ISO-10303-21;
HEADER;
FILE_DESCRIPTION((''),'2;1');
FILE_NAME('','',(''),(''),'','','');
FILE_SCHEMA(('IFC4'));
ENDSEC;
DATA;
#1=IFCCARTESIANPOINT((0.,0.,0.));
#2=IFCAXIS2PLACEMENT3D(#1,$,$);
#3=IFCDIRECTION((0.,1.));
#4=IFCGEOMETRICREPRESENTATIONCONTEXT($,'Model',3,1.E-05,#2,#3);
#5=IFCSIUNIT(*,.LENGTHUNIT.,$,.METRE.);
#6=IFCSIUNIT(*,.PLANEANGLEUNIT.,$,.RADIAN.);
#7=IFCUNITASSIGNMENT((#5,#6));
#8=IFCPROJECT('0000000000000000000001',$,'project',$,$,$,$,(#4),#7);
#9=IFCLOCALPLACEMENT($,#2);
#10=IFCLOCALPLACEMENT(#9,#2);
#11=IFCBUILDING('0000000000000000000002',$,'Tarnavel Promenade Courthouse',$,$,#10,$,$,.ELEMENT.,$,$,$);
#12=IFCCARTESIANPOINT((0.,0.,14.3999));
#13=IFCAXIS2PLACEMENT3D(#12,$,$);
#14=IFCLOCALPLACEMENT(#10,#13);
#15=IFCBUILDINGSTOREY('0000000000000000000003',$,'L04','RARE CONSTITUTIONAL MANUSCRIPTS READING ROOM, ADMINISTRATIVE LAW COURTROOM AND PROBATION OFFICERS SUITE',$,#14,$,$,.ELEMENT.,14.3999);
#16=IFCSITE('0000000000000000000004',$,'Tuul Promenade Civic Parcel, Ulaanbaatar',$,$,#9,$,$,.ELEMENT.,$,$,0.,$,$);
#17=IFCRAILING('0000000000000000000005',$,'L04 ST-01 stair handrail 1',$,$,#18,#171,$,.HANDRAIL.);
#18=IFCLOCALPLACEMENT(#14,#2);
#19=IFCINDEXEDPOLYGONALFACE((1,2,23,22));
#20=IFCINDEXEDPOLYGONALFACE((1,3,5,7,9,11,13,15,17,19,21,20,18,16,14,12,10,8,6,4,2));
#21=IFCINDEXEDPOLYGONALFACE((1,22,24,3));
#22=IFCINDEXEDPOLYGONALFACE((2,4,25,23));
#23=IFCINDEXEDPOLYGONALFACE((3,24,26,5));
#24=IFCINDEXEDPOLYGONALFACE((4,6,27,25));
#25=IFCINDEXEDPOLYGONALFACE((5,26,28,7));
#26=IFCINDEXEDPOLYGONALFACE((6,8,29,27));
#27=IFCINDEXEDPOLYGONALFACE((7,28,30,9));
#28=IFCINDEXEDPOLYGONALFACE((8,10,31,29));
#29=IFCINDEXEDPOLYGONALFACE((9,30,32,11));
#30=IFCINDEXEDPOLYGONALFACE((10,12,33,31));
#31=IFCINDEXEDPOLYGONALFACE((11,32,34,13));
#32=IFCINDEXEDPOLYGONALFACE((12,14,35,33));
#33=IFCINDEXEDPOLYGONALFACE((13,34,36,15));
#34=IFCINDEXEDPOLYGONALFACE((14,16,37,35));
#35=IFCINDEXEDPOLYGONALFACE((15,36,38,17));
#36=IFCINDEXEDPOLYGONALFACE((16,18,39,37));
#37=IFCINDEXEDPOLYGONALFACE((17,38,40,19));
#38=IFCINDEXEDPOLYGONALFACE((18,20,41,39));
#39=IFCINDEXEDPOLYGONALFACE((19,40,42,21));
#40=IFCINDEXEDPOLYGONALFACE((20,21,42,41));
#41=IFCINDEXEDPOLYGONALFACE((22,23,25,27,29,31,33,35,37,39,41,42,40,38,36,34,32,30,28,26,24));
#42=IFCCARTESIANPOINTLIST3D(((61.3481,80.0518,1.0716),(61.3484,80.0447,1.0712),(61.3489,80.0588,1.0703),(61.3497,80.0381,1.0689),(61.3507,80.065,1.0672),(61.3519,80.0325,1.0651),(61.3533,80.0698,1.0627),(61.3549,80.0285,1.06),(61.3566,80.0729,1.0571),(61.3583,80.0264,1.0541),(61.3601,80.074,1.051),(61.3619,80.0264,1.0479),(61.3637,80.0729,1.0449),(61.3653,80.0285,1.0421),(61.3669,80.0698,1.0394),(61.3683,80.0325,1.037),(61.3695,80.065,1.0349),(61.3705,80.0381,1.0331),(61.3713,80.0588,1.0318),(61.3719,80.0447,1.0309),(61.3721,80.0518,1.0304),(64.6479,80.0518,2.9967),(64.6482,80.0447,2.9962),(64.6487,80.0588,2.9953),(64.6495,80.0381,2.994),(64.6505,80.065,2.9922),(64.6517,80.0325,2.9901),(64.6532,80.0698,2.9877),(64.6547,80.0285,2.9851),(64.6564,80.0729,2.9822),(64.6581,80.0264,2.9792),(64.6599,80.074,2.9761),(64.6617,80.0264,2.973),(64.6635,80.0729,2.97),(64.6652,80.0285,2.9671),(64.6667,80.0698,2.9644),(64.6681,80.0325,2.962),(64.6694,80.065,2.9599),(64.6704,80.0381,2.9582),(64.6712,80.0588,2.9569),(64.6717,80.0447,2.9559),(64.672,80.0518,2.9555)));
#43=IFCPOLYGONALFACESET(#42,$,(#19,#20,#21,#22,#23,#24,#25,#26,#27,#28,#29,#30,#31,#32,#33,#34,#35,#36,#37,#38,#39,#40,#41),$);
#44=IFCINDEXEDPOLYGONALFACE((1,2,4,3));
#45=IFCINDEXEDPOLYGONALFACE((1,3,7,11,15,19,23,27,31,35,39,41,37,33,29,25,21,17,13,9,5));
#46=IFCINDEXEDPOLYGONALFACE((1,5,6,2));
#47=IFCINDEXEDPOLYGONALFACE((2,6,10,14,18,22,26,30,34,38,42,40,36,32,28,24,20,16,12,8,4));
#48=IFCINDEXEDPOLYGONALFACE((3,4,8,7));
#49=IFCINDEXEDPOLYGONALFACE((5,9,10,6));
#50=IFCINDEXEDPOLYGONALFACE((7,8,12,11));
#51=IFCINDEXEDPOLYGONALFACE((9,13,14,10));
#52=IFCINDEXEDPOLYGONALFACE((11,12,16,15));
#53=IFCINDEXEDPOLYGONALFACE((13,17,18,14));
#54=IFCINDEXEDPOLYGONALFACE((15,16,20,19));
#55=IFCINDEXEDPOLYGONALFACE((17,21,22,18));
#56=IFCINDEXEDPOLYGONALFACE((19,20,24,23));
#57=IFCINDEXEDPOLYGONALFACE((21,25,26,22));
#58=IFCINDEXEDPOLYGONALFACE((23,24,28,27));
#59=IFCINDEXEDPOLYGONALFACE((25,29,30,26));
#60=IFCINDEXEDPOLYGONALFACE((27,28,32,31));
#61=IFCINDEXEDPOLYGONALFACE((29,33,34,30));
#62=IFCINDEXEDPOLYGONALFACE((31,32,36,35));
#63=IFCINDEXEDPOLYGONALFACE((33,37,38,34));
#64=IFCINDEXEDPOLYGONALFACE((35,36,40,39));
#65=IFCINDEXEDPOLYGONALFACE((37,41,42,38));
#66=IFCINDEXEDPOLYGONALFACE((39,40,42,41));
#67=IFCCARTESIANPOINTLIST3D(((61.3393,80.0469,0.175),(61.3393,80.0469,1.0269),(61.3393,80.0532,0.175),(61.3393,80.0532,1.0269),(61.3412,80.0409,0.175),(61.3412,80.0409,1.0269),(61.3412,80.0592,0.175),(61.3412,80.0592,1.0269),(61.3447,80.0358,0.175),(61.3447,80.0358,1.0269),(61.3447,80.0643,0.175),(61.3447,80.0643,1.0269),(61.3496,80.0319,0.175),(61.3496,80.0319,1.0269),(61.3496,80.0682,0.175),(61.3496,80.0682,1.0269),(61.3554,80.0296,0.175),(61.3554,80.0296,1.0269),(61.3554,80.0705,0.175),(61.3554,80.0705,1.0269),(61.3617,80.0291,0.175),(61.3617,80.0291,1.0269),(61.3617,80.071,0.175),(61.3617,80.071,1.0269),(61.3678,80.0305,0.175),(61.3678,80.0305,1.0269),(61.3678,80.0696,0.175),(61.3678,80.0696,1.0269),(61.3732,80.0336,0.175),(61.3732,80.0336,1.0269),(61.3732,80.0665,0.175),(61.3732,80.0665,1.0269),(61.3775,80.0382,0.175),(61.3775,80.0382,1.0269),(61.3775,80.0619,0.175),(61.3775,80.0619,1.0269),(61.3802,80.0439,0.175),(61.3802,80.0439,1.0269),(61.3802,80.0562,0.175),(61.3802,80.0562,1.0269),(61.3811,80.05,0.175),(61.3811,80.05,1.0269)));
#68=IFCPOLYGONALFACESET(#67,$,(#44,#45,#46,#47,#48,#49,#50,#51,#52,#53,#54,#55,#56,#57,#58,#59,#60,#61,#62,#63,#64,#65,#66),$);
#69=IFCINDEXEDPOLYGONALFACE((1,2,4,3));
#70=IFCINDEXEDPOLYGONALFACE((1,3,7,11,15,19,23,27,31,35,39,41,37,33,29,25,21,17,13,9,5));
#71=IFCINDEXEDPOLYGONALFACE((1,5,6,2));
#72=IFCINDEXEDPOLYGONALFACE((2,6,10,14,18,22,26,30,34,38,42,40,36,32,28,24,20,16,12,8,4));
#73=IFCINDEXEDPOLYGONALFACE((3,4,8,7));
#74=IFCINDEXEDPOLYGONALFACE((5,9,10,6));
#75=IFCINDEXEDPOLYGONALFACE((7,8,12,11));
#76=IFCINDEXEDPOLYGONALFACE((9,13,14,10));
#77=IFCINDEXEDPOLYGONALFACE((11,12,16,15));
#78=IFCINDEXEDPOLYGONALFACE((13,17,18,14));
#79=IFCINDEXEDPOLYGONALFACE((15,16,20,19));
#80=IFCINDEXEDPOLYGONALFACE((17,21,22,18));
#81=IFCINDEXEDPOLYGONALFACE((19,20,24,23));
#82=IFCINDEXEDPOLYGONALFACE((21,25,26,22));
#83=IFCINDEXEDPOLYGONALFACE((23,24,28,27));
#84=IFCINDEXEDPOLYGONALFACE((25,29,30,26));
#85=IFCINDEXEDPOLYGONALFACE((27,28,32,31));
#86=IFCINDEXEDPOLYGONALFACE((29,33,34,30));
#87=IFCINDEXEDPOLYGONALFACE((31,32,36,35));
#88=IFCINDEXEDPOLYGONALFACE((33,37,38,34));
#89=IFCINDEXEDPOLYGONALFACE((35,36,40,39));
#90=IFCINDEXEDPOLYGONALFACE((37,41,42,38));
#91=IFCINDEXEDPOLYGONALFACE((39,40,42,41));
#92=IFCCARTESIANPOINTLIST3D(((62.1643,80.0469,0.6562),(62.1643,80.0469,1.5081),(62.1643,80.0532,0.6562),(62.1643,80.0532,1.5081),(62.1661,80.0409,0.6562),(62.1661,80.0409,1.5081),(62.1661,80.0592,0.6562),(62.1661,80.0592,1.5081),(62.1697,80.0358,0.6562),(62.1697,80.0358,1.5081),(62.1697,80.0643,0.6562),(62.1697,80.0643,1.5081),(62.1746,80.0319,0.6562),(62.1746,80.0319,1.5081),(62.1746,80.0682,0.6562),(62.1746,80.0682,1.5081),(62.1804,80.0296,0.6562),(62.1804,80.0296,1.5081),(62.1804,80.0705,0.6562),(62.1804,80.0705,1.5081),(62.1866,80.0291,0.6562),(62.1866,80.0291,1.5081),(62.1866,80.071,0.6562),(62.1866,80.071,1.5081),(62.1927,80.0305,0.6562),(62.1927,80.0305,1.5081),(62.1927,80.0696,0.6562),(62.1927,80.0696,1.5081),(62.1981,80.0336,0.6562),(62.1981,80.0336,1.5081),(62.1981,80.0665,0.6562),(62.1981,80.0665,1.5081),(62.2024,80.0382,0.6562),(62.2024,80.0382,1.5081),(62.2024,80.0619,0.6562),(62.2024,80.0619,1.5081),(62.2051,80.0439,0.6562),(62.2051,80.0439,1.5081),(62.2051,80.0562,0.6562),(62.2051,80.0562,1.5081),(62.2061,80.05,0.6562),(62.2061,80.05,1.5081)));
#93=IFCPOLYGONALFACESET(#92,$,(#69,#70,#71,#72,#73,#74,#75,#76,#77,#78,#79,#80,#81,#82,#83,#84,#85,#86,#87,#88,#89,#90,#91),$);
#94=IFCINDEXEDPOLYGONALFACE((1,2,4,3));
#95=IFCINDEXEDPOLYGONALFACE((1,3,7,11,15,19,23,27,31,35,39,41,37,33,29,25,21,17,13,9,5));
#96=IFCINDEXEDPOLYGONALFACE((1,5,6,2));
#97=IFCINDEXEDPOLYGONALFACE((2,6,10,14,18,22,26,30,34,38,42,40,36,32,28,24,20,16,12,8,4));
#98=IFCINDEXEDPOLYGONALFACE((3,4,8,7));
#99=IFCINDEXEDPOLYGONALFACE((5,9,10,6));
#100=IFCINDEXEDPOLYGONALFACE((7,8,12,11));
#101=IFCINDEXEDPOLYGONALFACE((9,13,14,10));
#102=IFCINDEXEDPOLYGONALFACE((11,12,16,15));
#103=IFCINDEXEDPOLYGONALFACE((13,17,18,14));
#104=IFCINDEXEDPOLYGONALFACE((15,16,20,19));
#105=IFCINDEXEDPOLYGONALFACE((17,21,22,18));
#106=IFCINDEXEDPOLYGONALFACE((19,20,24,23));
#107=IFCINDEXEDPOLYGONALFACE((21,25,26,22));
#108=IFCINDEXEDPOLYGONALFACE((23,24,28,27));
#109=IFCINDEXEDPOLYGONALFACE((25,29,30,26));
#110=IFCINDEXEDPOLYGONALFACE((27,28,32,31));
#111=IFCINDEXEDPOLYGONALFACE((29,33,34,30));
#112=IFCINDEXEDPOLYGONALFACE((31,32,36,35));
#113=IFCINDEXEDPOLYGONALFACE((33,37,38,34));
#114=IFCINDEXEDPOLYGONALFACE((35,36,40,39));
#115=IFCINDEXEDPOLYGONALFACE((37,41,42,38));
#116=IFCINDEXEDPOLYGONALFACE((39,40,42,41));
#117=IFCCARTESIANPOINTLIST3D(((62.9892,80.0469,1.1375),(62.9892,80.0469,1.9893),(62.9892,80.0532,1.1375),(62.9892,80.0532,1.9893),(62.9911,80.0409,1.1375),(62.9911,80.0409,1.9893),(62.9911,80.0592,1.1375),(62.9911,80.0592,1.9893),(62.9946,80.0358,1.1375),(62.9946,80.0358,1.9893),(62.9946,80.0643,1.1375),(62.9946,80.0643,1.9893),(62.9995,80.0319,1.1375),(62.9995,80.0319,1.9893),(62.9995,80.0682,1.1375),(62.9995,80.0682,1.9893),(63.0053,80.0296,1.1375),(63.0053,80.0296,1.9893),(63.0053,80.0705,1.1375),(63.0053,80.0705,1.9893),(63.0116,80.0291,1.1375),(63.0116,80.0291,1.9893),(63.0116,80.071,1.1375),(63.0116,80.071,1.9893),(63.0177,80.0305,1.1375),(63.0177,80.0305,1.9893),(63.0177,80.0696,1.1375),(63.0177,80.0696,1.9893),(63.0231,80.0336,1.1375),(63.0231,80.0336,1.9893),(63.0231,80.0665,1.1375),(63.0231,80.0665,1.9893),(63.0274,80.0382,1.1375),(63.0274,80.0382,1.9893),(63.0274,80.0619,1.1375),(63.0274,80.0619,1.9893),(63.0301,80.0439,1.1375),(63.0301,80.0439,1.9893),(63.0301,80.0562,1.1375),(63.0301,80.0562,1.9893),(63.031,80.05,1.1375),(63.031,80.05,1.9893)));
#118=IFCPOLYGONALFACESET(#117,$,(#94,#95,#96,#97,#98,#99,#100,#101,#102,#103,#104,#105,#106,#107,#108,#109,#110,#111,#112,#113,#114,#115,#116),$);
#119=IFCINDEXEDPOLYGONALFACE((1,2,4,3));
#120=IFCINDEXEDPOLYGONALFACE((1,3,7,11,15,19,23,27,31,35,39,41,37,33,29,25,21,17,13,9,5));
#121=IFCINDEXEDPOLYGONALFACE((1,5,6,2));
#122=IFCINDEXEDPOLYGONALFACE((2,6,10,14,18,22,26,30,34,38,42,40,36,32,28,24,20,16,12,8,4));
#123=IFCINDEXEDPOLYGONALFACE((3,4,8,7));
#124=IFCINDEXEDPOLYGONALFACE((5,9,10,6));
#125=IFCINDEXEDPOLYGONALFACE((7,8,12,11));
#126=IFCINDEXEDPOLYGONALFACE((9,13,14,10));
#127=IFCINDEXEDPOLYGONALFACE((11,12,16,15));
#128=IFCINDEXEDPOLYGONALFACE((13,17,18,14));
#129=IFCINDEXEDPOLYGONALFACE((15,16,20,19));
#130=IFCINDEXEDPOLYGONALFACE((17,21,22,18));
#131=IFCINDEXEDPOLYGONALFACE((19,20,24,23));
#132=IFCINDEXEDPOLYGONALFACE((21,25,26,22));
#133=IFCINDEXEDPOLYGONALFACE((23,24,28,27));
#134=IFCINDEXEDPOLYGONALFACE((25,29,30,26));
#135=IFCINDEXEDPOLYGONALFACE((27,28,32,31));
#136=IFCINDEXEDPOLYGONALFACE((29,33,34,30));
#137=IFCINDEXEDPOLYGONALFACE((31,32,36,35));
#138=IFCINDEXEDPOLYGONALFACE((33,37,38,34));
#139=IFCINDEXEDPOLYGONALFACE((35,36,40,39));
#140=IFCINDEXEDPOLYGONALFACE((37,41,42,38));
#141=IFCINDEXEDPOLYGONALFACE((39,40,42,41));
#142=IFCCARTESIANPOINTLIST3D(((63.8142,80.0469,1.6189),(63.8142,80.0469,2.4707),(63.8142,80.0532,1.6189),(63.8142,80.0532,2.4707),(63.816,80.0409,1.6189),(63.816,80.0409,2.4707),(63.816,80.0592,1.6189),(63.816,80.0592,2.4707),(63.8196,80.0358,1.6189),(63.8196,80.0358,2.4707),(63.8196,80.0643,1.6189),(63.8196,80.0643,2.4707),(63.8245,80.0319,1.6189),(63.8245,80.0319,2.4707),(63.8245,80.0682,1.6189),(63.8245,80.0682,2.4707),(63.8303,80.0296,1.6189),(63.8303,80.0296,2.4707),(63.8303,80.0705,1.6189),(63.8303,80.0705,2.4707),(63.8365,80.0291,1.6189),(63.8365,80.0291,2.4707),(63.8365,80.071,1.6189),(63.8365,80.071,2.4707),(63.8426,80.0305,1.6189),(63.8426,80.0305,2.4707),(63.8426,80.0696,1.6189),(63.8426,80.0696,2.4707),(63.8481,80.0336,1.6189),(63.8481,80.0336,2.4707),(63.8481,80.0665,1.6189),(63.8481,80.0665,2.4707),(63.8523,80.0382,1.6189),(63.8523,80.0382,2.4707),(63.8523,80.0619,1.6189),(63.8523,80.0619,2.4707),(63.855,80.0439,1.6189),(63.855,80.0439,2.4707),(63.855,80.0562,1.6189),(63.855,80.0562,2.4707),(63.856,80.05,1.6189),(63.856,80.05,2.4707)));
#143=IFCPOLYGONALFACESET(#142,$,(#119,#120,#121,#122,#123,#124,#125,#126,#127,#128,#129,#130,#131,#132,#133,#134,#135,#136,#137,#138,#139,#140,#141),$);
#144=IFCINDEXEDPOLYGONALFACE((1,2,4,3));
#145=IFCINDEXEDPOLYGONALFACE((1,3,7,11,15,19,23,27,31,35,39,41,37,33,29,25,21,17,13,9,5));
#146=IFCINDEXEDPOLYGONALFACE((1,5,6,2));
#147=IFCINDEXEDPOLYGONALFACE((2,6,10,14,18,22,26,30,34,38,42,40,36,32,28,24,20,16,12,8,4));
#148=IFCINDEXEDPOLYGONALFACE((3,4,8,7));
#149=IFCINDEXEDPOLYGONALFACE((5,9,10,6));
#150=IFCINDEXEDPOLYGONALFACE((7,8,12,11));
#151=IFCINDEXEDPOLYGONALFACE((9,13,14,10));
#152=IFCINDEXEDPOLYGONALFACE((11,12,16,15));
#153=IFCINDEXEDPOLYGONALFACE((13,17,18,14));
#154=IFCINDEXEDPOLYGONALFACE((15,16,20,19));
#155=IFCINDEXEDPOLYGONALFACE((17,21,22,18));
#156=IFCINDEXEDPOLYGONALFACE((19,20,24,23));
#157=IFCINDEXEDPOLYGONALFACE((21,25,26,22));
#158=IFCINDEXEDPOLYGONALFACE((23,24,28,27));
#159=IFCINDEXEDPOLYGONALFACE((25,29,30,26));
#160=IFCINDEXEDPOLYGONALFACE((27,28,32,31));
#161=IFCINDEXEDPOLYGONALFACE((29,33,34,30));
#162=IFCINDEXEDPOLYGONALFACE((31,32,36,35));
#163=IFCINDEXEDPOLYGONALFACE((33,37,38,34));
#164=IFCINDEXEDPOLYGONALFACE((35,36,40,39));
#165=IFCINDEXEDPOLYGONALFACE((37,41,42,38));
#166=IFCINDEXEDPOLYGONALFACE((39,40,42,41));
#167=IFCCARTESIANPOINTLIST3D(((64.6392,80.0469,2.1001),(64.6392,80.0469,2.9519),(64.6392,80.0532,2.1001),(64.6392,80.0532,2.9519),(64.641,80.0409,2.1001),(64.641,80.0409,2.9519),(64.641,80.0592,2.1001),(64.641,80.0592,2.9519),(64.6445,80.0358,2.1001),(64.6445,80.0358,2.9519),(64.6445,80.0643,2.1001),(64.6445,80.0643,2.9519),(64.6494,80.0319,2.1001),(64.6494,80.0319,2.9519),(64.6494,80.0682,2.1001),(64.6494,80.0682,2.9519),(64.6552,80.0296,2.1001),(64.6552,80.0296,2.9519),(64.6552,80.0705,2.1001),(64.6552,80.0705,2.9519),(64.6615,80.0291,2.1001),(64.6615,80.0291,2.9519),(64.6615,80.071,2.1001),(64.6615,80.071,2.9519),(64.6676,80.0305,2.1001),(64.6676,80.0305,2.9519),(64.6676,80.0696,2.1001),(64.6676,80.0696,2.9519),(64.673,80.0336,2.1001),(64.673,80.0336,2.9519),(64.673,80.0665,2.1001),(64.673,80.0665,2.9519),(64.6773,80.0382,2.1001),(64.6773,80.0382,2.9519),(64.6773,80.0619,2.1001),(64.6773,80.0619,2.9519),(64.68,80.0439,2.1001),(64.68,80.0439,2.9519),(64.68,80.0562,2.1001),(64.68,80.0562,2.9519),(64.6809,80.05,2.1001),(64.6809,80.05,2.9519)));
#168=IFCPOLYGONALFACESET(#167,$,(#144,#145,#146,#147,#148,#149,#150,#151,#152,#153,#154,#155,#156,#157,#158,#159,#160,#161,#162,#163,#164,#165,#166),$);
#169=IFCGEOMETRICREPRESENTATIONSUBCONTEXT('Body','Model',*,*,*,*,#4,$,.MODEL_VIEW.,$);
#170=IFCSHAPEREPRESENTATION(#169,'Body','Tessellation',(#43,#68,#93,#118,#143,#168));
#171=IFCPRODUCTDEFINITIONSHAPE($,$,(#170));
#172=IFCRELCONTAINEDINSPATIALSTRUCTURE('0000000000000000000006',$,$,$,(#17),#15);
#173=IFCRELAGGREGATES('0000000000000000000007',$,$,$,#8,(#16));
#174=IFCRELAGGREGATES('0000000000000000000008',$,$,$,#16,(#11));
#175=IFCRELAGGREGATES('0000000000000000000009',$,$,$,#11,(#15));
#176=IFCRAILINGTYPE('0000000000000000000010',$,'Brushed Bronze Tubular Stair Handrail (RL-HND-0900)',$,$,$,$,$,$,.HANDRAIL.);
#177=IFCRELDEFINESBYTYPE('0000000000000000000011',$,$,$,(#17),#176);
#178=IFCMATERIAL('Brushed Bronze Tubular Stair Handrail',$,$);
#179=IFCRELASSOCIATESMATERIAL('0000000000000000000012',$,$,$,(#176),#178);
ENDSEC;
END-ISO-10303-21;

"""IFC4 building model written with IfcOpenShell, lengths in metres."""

from ifc_helpers import new_model, si_unit, direction, frame, origin, origin_2d, place, context, subcontext, project, spatial, circle, extrude, material, type_object, element, save


model = new_model("IFC4")

# Units and contexts
model_context = context("Model", 3, precision=1e-05, world=origin(), true_north=direction((0.0, 1.0)))
body_context = subcontext(model_context, "Body", "Model", "MODEL_VIEW")
ifc_project = project(units=[si_unit("LENGTHUNIT", "METRE"), si_unit("PLANEANGLEUNIT", "RADIAN")], contexts=[model_context])

# Site, building, storey
site_placement = place(None, origin())
site = spatial("IfcSite", under=ifc_project, at=site_placement, Name="Tuul Promenade Civic Parcel, Ulaanbaatar", CompositionType="ELEMENT", RefElevation=0.0)
building_placement = place(site_placement, origin())
building = spatial("IfcBuilding", under=site, at=building_placement, Name="Tarnavel Promenade Courthouse", CompositionType="ELEMENT")
storey_placement = place(building_placement, frame((0.0, 0.0, 14.3999)))
storey = spatial("IfcBuildingStorey", under=building, at=storey_placement, Name="L04", Description="RARE CONSTITUTIONAL MANUSCRIPTS READING ROOM, ADMINISTRATIVE LAW COURTROOM AND PROBATION OFFICERS SUITE", CompositionType="ELEMENT", Elevation=14.3999)

# Railing
ifc_material_1 = material(Name="Brushed Bronze Tubular Stair Handrail")
railing_type_1 = type_object("IfcRailingType", Name="Brushed Bronze Tubular Stair Handrail (RL-HND-0900)", PredefinedType="HANDRAIL", material=ifc_material_1)
railing_1_placement = place(storey_placement, frame((61.3601, 80.05, 0.175)))
element("IfcRailing", 1, at=railing_1_placement, inside=storey, type_object=railing_type_1, Name="L04 ST-01 stair handrail 1", PredefinedType="HANDRAIL", context=body_context, shape_type="SweptSolid", body=[
    extrude(circle(Radius=0.0239, at=origin_2d()), frame((0.0, 0.0, 0.876), z_axis=(0.86376, 0.0, 0.503903), x_axis=(0.0, 1.0, 0.0)), (0.0, 0.0, 1.0), 3.8203),
    extrude(circle(Radius=0.021, at=origin_2d()), origin(), (0.0, 0.0, 1.0), 0.8518),
    extrude(circle(Radius=0.021, at=origin_2d()), frame((0.825, 0.0, 0.4812)), (0.0, 0.0, 1.0), 0.8518),
    extrude(circle(Radius=0.021, at=origin_2d()), frame((1.6499, 0.0, 0.9624)), (0.0, 0.0, 1.0), 0.8518),
    extrude(circle(Radius=0.021, at=origin_2d()), frame((2.4749, 0.0, 1.4438)), (0.0, 0.0, 1.0), 0.8518),
    extrude(circle(Radius=0.021, at=origin_2d()), frame((3.2998, 0.0, 1.925)), (0.0, 0.0, 1.0), 0.8518),
])

save(model, "model.ifc")
